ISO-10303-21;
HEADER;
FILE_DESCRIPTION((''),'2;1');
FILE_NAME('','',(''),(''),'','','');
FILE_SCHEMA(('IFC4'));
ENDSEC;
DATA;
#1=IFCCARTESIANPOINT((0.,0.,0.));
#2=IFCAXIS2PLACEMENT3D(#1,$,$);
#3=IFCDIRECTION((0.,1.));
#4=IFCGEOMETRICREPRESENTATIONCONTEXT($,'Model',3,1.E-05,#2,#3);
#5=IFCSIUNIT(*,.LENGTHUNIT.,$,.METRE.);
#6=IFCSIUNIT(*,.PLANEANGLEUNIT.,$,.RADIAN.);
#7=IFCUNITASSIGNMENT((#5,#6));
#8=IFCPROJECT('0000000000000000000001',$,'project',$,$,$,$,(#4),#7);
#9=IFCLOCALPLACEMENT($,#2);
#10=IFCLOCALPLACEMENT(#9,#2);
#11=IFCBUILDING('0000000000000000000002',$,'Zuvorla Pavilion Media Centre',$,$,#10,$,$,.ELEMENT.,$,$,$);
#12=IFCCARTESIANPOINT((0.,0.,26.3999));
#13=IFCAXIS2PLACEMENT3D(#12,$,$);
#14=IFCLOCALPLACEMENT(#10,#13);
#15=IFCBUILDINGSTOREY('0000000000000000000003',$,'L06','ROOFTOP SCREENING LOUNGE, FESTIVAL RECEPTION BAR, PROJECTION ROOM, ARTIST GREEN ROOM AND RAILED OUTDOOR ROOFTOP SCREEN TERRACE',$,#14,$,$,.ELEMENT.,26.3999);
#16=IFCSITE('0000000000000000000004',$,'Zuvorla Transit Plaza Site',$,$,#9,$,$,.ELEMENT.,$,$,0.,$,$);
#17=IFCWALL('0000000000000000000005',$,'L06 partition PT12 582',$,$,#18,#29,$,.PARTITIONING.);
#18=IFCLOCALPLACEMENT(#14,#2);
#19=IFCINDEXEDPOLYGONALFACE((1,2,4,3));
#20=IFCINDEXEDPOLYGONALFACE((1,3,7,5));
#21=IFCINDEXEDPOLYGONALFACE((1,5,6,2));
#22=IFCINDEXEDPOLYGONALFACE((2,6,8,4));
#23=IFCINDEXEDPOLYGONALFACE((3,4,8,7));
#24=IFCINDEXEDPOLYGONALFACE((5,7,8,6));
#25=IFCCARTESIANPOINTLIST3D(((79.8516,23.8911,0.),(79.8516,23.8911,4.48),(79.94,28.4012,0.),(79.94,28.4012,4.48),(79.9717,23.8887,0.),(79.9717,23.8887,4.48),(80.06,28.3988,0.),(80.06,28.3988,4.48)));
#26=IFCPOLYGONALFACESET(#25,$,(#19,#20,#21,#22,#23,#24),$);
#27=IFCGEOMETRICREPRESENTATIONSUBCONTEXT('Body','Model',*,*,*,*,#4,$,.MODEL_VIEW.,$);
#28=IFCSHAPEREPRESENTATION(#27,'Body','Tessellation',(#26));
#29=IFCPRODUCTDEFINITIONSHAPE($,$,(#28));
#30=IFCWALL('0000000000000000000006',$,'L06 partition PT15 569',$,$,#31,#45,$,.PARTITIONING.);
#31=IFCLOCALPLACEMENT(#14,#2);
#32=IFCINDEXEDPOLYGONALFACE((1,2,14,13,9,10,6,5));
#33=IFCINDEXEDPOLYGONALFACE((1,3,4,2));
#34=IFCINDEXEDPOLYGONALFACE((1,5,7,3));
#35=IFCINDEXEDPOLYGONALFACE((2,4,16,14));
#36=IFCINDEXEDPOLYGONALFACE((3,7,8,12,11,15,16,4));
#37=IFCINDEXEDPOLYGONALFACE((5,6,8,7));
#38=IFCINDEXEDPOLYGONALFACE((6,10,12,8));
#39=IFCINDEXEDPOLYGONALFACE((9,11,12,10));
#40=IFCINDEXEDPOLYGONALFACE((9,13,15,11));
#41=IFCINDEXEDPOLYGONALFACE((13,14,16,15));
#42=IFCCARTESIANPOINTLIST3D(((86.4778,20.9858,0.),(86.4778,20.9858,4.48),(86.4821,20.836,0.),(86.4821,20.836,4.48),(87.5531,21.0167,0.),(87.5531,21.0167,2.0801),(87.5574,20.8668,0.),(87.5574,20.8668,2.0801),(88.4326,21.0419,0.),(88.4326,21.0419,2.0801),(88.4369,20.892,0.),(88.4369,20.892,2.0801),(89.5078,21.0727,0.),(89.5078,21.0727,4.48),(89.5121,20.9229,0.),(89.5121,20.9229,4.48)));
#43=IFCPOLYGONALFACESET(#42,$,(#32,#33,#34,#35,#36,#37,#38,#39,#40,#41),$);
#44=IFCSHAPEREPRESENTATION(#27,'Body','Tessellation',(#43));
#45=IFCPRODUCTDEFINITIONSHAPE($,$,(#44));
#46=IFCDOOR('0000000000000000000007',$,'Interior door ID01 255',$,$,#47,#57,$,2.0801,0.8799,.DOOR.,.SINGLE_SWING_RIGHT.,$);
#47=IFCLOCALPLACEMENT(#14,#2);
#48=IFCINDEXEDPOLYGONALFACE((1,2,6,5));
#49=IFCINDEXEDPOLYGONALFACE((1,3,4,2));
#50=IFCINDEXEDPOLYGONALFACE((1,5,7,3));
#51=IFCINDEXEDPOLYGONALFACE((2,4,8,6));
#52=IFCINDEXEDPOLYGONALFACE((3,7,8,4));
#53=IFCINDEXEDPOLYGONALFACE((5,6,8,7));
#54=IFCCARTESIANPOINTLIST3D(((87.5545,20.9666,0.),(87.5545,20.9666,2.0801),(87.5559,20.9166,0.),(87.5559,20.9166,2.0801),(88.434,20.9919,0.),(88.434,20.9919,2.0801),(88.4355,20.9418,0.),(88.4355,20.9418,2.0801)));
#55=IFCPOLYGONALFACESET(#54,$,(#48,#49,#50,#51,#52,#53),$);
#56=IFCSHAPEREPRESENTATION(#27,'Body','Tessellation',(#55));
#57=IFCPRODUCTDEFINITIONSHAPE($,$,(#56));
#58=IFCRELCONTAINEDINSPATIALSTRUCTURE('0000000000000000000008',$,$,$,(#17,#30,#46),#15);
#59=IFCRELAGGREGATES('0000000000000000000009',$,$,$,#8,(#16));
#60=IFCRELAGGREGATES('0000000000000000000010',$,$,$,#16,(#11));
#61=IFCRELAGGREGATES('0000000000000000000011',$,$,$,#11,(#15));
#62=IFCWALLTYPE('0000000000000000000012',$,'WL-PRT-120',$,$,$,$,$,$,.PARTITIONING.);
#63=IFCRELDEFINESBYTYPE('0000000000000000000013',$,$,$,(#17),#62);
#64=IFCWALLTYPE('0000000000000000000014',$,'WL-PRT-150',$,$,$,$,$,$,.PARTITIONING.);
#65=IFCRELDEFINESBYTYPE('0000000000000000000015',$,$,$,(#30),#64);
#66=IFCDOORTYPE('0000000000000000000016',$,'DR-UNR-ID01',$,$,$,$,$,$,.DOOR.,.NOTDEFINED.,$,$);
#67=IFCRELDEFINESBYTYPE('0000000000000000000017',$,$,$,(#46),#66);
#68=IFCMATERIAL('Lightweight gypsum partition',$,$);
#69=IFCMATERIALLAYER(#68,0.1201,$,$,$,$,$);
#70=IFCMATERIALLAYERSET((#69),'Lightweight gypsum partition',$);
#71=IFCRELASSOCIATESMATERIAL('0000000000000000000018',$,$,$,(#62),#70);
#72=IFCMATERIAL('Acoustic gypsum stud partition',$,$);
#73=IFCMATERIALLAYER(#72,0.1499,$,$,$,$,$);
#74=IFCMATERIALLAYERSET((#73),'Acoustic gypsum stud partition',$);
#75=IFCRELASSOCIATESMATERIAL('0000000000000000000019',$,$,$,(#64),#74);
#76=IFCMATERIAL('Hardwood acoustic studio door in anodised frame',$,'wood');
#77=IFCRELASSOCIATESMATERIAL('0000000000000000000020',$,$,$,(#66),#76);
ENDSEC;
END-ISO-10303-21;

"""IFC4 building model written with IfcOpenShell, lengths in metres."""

from ifc_helpers import new_model, si_unit, direction, frame, frame_2d, origin, place, context, subcontext, project, spatial, rectangle, extrude, material, layer, layer_set, type_object, element, fill, save


model = new_model("IFC4")

# Units and contexts
model_context = context("Model", 3, precision=1e-05, world=origin(), true_north=direction((0.0, 1.0)))
body_context = subcontext(model_context, "Body", "Model", "MODEL_VIEW")
ifc_project = project(units=[si_unit("LENGTHUNIT", "METRE"), si_unit("PLANEANGLEUNIT", "RADIAN")], contexts=[model_context])

# Site, building, storey
site_placement = place(None, origin())
site = spatial("IfcSite", under=ifc_project, at=site_placement, Name="Zuvorla Transit Plaza Site", CompositionType="ELEMENT", RefElevation=0.0)
building_placement = place(site_placement, origin())
building = spatial("IfcBuilding", under=site, at=building_placement, Name="Zuvorla Pavilion Media Centre", CompositionType="ELEMENT")
storey_placement = place(building_placement, frame((0.0, 0.0, 26.3999)))
storey = spatial("IfcBuildingStorey", under=building, at=storey_placement, Name="L06", Description="ROOFTOP SCREENING LOUNGE, FESTIVAL RECEPTION BAR, PROJECTION ROOM, ARTIST GREEN ROOM AND RAILED OUTDOOR ROOFTOP SCREEN TERRACE", CompositionType="ELEMENT", Elevation=26.3999)

# Shared definitions
ifc_material_1 = material(Name="Lightweight gypsum partition")
ifc_layer_1 = layer(ifc_material_1, 0.1201)
ifc_layer_set_1 = layer_set([ifc_layer_1], Name="Lightweight gypsum partition")
wall_type_1 = type_object("IfcWallType", Name="WL-PRT-120", PredefinedType="PARTITIONING", material=ifc_layer_set_1)
ifc_material_2 = material(Name="Hardwood acoustic studio door in anodised frame", Category="wood")

# Wall
wall_1_placement = place(storey_placement, frame((80.0, 28.3999, 0.0), z_axis=(0.0, 0.0, 1.0), x_axis=(-0.019592, -0.999808, 0.0)))
element("IfcWall", 1, at=wall_1_placement, inside=storey, type_object=wall_type_1, Name="L06 partition PT12 582", PredefinedType="PARTITIONING", context=body_context, shape_type="SweptSolid", body=[
    extrude(rectangle(XDim=4.511, YDim=0.1201, at=frame_2d((2.2554, 0.0))), origin(), (0.0, 0.0, 1.0), 4.48),
])

# Wall, opening, door
ifc_material_3 = material(Name="Acoustic gypsum stud partition")
ifc_layer_2 = layer(ifc_material_3, 0.1499)
ifc_layer_set_2 = layer_set([ifc_layer_2], Name="Acoustic gypsum stud partition")
wall_type_2 = type_object("IfcWallType", Name="WL-PRT-150", PredefinedType="PARTITIONING", material=ifc_layer_set_2)
wall_2_placement = place(storey_placement, frame((86.48, 20.9109, 0.0), z_axis=(0.0, 0.0, 1.0), x_axis=(0.999589, 0.028672, 0.0)))
wall_2 = element("IfcWall", 2, at=wall_2_placement, inside=storey, type_object=wall_type_2, Name="L06 partition PT15 569", PredefinedType="PARTITIONING", context=body_context, shape_type="SweptSolid", body=[
    extrude(rectangle(XDim=3.0312, YDim=0.1499, at=frame_2d((1.5156, 0.0))), origin(), (0.0, 0.0, 1.0), 4.48),
])
opening_1_placement = place(wall_2_placement, frame((1.0757, 0.0, 0.0)))
opening_1 = element("IfcOpeningElement", 3, at=opening_1_placement, cuts=wall_2, PredefinedType="OPENING", context=body_context, shape_type="SweptSolid", body=[
    extrude(rectangle(XDim=0.8799, YDim=2.0801, at=frame_2d((0.4399, 1.04))), frame((0.0, 0.085, 0.0), z_axis=(0.0, -1.0, 0.0), x_axis=(1.0, 0.0, 0.0)), (0.0, 0.0, 1.0), 0.1699),
])
door_type_1 = type_object("IfcDoorType", Name="DR-UNR-ID01", OperationType="NOTDEFINED", PredefinedType="DOOR", material=ifc_material_2)
door_1_placement = place(opening_1_placement, origin())
door_1 = element("IfcDoor", 4, at=door_1_placement, inside=storey, type_object=door_type_1, Name="Interior door ID01 255", OperationType="SINGLE_SWING_RIGHT", OverallHeight=2.0801, OverallWidth=0.8799, PredefinedType="DOOR", context=body_context, shape_type="SweptSolid", body=[
    extrude(rectangle(XDim=0.8799, YDim=2.0801, at=frame_2d((0.4399, 1.04))), frame((0.0, 0.0249, 0.0), z_axis=(0.0, -1.0, 0.0), x_axis=(1.0, 0.0, 0.0)), (0.0, 0.0, 1.0), 0.05),
])
fill(opening_1, door_1)

save(model, "model.ifc")
